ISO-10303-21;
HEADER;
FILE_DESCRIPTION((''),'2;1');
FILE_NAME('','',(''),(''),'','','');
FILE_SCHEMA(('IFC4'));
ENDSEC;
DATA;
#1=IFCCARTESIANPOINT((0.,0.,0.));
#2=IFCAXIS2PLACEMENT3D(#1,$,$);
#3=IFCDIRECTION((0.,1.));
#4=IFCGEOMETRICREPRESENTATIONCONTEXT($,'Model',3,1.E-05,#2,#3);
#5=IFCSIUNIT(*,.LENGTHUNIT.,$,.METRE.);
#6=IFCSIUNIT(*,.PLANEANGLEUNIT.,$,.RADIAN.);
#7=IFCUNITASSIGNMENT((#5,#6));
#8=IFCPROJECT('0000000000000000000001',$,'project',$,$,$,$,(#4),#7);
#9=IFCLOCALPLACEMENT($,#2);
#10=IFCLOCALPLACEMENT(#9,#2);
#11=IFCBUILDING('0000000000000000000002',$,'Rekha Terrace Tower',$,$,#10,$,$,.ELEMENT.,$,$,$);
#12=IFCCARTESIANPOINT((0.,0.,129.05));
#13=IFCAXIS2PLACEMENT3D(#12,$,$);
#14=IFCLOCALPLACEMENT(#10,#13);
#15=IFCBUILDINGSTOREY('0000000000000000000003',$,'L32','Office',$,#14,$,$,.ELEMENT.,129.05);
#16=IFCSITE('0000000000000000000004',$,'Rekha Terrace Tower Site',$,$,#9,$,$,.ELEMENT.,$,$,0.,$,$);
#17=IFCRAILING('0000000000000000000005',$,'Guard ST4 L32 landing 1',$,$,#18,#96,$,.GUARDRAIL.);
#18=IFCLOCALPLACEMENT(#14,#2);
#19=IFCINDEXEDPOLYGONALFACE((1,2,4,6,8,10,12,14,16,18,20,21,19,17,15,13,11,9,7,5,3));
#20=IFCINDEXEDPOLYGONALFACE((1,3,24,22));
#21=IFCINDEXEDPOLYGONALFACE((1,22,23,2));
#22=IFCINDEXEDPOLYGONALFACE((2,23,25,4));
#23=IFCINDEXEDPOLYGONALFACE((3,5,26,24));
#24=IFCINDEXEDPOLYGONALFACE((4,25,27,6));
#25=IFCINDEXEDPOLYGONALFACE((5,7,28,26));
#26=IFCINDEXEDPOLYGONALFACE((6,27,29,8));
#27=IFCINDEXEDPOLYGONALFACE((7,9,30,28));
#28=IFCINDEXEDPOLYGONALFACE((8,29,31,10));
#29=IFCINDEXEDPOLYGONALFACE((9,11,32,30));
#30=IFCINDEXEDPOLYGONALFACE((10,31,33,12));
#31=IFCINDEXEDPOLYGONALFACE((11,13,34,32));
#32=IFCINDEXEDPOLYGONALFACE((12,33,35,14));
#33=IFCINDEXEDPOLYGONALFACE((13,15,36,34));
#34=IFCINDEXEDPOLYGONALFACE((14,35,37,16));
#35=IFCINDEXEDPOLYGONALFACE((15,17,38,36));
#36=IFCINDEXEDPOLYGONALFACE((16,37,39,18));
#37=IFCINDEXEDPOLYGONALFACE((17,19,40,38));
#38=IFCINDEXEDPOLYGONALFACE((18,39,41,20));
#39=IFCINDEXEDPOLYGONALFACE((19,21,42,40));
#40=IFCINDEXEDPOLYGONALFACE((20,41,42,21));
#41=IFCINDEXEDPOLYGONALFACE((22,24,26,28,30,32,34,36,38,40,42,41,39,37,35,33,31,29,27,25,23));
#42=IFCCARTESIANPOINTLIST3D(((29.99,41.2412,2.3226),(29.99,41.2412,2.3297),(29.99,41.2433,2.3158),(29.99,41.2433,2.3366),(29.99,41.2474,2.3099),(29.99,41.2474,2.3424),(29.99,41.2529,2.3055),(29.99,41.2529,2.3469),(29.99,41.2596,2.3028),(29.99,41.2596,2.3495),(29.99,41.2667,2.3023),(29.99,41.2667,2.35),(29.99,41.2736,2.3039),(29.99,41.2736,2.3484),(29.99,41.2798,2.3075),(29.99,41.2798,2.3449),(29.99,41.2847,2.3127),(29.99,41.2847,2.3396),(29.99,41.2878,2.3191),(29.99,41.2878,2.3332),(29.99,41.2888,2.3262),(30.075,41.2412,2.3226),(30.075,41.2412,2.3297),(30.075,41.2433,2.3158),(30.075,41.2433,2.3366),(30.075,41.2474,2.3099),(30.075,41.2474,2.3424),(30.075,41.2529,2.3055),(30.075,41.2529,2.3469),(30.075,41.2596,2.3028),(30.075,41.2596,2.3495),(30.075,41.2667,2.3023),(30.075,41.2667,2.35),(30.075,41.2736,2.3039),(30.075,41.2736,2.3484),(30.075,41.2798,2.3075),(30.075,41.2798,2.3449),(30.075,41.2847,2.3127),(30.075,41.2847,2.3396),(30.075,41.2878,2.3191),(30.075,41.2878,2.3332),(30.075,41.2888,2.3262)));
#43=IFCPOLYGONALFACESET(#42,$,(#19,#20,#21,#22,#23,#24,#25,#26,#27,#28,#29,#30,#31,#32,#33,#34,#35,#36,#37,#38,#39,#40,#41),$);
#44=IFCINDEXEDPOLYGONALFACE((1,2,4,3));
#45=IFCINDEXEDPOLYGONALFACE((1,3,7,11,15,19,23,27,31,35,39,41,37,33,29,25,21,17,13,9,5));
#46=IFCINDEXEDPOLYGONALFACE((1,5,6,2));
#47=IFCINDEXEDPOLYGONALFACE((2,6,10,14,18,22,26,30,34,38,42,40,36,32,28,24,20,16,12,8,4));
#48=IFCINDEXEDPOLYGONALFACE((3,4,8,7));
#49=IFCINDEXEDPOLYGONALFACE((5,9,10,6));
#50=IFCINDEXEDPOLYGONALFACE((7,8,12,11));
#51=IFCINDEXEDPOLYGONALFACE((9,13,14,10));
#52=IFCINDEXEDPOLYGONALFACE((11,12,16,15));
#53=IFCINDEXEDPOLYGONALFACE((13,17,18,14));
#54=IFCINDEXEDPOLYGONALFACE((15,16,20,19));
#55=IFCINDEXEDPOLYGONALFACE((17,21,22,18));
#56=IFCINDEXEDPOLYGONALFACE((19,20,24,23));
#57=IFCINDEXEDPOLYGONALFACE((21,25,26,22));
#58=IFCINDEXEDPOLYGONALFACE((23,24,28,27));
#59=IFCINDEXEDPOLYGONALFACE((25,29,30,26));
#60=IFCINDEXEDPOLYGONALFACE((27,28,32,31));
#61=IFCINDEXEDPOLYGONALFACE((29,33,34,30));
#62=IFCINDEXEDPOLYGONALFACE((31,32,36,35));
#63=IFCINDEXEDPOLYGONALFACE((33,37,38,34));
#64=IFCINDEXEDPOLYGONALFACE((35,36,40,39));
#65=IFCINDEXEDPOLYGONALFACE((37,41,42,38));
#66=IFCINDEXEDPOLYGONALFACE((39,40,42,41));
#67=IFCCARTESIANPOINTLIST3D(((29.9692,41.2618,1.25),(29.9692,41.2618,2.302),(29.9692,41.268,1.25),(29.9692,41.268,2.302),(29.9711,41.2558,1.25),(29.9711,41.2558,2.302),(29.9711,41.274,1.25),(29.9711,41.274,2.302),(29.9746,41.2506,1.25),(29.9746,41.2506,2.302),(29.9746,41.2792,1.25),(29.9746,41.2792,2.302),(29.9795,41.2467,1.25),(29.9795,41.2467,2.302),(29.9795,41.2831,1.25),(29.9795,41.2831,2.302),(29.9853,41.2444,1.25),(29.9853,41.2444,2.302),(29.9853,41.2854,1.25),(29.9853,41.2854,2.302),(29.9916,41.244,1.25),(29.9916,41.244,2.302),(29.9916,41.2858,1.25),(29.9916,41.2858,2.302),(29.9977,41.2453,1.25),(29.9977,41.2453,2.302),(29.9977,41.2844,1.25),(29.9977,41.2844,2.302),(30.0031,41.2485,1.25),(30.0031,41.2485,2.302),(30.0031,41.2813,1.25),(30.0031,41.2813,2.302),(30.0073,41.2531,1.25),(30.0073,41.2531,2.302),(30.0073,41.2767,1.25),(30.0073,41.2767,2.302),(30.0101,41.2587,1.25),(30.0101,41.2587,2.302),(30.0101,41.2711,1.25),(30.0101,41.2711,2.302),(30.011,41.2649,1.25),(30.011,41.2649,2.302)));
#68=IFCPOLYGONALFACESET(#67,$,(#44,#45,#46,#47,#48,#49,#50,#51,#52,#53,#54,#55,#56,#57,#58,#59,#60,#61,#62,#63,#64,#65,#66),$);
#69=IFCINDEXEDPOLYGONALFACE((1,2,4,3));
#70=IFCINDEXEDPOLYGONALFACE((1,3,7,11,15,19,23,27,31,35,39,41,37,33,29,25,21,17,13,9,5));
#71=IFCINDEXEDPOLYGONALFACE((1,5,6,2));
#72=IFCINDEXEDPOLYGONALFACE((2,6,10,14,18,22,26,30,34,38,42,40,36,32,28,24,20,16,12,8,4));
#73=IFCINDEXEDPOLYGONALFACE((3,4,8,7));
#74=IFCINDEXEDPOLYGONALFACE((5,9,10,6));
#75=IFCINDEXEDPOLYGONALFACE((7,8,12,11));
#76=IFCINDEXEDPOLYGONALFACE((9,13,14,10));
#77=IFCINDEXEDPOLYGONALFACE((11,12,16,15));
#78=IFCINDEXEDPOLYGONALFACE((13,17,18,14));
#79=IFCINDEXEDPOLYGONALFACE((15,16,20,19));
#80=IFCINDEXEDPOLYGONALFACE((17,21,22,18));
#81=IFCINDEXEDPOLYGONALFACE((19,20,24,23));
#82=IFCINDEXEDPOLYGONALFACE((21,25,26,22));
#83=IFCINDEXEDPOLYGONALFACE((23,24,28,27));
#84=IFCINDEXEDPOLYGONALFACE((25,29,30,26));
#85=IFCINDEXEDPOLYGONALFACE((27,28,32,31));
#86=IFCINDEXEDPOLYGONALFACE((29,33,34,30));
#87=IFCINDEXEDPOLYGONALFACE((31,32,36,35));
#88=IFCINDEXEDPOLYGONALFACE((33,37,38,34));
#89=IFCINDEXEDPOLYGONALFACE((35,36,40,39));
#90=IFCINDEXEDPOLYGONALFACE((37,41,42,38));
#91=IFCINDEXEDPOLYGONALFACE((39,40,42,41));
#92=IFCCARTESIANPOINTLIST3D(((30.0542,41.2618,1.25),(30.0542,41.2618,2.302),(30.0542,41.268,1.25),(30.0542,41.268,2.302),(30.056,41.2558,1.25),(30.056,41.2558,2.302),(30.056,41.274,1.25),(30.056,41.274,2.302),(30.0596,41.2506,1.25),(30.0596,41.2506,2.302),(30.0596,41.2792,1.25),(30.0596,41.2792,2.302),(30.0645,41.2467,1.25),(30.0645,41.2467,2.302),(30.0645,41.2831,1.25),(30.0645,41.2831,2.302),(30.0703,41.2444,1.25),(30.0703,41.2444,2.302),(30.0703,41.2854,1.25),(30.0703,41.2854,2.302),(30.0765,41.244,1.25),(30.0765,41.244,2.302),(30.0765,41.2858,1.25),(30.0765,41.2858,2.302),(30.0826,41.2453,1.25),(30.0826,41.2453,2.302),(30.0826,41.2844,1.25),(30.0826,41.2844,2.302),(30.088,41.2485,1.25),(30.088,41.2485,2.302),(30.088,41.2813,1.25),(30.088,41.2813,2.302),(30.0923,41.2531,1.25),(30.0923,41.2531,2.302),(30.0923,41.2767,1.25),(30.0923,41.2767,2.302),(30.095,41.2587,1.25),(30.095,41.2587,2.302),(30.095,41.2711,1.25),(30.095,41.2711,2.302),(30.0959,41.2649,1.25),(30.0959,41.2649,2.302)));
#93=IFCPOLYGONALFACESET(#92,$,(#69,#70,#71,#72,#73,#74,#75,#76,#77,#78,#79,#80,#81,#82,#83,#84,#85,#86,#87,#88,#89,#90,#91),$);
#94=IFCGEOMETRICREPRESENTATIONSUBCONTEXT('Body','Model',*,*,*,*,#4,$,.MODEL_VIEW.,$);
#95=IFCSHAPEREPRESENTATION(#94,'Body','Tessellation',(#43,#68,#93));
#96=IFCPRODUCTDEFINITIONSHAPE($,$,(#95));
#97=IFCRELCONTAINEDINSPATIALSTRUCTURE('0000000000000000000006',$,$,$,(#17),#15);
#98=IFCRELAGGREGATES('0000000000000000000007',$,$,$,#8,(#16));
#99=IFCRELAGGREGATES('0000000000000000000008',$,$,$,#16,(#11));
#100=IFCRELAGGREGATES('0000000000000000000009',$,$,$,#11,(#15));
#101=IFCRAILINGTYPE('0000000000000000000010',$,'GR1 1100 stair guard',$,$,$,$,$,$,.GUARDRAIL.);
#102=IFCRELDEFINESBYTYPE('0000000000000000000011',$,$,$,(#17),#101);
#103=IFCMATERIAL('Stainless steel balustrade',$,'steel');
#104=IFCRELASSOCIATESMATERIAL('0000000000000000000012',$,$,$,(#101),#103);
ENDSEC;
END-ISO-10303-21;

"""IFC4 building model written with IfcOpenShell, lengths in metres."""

from ifc_helpers import new_model, si_unit, direction, frame, origin, origin_2d, place, context, subcontext, project, spatial, circle, extrude, material, type_object, element, save


model = new_model("IFC4")

# Units and contexts
model_context = context("Model", 3, precision=1e-05, world=origin(), true_north=direction((0.0, 1.0)))
body_context = subcontext(model_context, "Body", "Model", "MODEL_VIEW")
ifc_project = project(units=[si_unit("LENGTHUNIT", "METRE"), si_unit("PLANEANGLEUNIT", "RADIAN")], contexts=[model_context])

# Site, building, storey
site_placement = place(None, origin())
site = spatial("IfcSite", under=ifc_project, at=site_placement, Name="Rekha Terrace Tower Site", CompositionType="ELEMENT", RefElevation=0.0)
building_placement = place(site_placement, origin())
building = spatial("IfcBuilding", under=site, at=building_placement, Name="Rekha Terrace Tower", CompositionType="ELEMENT")
storey_placement = place(building_placement, frame((0.0, 0.0, 129.05)))
storey = spatial("IfcBuildingStorey", under=building, at=storey_placement, Name="L32", Description="Office", CompositionType="ELEMENT", Elevation=129.05)

# Railing
ifc_material_1 = material(Name="Stainless steel balustrade", Category="steel")
railing_type_1 = type_object("IfcRailingType", Name="GR1 1100 stair guard", PredefinedType="GUARDRAIL", material=ifc_material_1)
railing_1_placement = place(storey_placement, frame((29.99, 41.2649, 1.25)))
element("IfcRailing", 1, at=railing_1_placement, inside=storey, type_object=railing_type_1, Name="Guard ST4 L32 landing 1", PredefinedType="GUARDRAIL", context=body_context, shape_type="SweptSolid", body=[
    extrude(circle(Radius=0.0239, at=origin_2d()), frame((0.0, 0.0, 1.0762), z_axis=(1.0, 0.0, 0.0), x_axis=(0.0, 1.0, 0.0)), (0.0, 0.0, 1.0), 0.085),
    extrude(circle(Radius=0.021, at=origin_2d()), origin(), (0.0, 0.0, 1.0), 1.052),
    extrude(circle(Radius=0.021, at=origin_2d()), frame((0.085, 0.0, 0.0)), (0.0, 0.0, 1.0), 1.052),
])

save(model, "model.ifc")
